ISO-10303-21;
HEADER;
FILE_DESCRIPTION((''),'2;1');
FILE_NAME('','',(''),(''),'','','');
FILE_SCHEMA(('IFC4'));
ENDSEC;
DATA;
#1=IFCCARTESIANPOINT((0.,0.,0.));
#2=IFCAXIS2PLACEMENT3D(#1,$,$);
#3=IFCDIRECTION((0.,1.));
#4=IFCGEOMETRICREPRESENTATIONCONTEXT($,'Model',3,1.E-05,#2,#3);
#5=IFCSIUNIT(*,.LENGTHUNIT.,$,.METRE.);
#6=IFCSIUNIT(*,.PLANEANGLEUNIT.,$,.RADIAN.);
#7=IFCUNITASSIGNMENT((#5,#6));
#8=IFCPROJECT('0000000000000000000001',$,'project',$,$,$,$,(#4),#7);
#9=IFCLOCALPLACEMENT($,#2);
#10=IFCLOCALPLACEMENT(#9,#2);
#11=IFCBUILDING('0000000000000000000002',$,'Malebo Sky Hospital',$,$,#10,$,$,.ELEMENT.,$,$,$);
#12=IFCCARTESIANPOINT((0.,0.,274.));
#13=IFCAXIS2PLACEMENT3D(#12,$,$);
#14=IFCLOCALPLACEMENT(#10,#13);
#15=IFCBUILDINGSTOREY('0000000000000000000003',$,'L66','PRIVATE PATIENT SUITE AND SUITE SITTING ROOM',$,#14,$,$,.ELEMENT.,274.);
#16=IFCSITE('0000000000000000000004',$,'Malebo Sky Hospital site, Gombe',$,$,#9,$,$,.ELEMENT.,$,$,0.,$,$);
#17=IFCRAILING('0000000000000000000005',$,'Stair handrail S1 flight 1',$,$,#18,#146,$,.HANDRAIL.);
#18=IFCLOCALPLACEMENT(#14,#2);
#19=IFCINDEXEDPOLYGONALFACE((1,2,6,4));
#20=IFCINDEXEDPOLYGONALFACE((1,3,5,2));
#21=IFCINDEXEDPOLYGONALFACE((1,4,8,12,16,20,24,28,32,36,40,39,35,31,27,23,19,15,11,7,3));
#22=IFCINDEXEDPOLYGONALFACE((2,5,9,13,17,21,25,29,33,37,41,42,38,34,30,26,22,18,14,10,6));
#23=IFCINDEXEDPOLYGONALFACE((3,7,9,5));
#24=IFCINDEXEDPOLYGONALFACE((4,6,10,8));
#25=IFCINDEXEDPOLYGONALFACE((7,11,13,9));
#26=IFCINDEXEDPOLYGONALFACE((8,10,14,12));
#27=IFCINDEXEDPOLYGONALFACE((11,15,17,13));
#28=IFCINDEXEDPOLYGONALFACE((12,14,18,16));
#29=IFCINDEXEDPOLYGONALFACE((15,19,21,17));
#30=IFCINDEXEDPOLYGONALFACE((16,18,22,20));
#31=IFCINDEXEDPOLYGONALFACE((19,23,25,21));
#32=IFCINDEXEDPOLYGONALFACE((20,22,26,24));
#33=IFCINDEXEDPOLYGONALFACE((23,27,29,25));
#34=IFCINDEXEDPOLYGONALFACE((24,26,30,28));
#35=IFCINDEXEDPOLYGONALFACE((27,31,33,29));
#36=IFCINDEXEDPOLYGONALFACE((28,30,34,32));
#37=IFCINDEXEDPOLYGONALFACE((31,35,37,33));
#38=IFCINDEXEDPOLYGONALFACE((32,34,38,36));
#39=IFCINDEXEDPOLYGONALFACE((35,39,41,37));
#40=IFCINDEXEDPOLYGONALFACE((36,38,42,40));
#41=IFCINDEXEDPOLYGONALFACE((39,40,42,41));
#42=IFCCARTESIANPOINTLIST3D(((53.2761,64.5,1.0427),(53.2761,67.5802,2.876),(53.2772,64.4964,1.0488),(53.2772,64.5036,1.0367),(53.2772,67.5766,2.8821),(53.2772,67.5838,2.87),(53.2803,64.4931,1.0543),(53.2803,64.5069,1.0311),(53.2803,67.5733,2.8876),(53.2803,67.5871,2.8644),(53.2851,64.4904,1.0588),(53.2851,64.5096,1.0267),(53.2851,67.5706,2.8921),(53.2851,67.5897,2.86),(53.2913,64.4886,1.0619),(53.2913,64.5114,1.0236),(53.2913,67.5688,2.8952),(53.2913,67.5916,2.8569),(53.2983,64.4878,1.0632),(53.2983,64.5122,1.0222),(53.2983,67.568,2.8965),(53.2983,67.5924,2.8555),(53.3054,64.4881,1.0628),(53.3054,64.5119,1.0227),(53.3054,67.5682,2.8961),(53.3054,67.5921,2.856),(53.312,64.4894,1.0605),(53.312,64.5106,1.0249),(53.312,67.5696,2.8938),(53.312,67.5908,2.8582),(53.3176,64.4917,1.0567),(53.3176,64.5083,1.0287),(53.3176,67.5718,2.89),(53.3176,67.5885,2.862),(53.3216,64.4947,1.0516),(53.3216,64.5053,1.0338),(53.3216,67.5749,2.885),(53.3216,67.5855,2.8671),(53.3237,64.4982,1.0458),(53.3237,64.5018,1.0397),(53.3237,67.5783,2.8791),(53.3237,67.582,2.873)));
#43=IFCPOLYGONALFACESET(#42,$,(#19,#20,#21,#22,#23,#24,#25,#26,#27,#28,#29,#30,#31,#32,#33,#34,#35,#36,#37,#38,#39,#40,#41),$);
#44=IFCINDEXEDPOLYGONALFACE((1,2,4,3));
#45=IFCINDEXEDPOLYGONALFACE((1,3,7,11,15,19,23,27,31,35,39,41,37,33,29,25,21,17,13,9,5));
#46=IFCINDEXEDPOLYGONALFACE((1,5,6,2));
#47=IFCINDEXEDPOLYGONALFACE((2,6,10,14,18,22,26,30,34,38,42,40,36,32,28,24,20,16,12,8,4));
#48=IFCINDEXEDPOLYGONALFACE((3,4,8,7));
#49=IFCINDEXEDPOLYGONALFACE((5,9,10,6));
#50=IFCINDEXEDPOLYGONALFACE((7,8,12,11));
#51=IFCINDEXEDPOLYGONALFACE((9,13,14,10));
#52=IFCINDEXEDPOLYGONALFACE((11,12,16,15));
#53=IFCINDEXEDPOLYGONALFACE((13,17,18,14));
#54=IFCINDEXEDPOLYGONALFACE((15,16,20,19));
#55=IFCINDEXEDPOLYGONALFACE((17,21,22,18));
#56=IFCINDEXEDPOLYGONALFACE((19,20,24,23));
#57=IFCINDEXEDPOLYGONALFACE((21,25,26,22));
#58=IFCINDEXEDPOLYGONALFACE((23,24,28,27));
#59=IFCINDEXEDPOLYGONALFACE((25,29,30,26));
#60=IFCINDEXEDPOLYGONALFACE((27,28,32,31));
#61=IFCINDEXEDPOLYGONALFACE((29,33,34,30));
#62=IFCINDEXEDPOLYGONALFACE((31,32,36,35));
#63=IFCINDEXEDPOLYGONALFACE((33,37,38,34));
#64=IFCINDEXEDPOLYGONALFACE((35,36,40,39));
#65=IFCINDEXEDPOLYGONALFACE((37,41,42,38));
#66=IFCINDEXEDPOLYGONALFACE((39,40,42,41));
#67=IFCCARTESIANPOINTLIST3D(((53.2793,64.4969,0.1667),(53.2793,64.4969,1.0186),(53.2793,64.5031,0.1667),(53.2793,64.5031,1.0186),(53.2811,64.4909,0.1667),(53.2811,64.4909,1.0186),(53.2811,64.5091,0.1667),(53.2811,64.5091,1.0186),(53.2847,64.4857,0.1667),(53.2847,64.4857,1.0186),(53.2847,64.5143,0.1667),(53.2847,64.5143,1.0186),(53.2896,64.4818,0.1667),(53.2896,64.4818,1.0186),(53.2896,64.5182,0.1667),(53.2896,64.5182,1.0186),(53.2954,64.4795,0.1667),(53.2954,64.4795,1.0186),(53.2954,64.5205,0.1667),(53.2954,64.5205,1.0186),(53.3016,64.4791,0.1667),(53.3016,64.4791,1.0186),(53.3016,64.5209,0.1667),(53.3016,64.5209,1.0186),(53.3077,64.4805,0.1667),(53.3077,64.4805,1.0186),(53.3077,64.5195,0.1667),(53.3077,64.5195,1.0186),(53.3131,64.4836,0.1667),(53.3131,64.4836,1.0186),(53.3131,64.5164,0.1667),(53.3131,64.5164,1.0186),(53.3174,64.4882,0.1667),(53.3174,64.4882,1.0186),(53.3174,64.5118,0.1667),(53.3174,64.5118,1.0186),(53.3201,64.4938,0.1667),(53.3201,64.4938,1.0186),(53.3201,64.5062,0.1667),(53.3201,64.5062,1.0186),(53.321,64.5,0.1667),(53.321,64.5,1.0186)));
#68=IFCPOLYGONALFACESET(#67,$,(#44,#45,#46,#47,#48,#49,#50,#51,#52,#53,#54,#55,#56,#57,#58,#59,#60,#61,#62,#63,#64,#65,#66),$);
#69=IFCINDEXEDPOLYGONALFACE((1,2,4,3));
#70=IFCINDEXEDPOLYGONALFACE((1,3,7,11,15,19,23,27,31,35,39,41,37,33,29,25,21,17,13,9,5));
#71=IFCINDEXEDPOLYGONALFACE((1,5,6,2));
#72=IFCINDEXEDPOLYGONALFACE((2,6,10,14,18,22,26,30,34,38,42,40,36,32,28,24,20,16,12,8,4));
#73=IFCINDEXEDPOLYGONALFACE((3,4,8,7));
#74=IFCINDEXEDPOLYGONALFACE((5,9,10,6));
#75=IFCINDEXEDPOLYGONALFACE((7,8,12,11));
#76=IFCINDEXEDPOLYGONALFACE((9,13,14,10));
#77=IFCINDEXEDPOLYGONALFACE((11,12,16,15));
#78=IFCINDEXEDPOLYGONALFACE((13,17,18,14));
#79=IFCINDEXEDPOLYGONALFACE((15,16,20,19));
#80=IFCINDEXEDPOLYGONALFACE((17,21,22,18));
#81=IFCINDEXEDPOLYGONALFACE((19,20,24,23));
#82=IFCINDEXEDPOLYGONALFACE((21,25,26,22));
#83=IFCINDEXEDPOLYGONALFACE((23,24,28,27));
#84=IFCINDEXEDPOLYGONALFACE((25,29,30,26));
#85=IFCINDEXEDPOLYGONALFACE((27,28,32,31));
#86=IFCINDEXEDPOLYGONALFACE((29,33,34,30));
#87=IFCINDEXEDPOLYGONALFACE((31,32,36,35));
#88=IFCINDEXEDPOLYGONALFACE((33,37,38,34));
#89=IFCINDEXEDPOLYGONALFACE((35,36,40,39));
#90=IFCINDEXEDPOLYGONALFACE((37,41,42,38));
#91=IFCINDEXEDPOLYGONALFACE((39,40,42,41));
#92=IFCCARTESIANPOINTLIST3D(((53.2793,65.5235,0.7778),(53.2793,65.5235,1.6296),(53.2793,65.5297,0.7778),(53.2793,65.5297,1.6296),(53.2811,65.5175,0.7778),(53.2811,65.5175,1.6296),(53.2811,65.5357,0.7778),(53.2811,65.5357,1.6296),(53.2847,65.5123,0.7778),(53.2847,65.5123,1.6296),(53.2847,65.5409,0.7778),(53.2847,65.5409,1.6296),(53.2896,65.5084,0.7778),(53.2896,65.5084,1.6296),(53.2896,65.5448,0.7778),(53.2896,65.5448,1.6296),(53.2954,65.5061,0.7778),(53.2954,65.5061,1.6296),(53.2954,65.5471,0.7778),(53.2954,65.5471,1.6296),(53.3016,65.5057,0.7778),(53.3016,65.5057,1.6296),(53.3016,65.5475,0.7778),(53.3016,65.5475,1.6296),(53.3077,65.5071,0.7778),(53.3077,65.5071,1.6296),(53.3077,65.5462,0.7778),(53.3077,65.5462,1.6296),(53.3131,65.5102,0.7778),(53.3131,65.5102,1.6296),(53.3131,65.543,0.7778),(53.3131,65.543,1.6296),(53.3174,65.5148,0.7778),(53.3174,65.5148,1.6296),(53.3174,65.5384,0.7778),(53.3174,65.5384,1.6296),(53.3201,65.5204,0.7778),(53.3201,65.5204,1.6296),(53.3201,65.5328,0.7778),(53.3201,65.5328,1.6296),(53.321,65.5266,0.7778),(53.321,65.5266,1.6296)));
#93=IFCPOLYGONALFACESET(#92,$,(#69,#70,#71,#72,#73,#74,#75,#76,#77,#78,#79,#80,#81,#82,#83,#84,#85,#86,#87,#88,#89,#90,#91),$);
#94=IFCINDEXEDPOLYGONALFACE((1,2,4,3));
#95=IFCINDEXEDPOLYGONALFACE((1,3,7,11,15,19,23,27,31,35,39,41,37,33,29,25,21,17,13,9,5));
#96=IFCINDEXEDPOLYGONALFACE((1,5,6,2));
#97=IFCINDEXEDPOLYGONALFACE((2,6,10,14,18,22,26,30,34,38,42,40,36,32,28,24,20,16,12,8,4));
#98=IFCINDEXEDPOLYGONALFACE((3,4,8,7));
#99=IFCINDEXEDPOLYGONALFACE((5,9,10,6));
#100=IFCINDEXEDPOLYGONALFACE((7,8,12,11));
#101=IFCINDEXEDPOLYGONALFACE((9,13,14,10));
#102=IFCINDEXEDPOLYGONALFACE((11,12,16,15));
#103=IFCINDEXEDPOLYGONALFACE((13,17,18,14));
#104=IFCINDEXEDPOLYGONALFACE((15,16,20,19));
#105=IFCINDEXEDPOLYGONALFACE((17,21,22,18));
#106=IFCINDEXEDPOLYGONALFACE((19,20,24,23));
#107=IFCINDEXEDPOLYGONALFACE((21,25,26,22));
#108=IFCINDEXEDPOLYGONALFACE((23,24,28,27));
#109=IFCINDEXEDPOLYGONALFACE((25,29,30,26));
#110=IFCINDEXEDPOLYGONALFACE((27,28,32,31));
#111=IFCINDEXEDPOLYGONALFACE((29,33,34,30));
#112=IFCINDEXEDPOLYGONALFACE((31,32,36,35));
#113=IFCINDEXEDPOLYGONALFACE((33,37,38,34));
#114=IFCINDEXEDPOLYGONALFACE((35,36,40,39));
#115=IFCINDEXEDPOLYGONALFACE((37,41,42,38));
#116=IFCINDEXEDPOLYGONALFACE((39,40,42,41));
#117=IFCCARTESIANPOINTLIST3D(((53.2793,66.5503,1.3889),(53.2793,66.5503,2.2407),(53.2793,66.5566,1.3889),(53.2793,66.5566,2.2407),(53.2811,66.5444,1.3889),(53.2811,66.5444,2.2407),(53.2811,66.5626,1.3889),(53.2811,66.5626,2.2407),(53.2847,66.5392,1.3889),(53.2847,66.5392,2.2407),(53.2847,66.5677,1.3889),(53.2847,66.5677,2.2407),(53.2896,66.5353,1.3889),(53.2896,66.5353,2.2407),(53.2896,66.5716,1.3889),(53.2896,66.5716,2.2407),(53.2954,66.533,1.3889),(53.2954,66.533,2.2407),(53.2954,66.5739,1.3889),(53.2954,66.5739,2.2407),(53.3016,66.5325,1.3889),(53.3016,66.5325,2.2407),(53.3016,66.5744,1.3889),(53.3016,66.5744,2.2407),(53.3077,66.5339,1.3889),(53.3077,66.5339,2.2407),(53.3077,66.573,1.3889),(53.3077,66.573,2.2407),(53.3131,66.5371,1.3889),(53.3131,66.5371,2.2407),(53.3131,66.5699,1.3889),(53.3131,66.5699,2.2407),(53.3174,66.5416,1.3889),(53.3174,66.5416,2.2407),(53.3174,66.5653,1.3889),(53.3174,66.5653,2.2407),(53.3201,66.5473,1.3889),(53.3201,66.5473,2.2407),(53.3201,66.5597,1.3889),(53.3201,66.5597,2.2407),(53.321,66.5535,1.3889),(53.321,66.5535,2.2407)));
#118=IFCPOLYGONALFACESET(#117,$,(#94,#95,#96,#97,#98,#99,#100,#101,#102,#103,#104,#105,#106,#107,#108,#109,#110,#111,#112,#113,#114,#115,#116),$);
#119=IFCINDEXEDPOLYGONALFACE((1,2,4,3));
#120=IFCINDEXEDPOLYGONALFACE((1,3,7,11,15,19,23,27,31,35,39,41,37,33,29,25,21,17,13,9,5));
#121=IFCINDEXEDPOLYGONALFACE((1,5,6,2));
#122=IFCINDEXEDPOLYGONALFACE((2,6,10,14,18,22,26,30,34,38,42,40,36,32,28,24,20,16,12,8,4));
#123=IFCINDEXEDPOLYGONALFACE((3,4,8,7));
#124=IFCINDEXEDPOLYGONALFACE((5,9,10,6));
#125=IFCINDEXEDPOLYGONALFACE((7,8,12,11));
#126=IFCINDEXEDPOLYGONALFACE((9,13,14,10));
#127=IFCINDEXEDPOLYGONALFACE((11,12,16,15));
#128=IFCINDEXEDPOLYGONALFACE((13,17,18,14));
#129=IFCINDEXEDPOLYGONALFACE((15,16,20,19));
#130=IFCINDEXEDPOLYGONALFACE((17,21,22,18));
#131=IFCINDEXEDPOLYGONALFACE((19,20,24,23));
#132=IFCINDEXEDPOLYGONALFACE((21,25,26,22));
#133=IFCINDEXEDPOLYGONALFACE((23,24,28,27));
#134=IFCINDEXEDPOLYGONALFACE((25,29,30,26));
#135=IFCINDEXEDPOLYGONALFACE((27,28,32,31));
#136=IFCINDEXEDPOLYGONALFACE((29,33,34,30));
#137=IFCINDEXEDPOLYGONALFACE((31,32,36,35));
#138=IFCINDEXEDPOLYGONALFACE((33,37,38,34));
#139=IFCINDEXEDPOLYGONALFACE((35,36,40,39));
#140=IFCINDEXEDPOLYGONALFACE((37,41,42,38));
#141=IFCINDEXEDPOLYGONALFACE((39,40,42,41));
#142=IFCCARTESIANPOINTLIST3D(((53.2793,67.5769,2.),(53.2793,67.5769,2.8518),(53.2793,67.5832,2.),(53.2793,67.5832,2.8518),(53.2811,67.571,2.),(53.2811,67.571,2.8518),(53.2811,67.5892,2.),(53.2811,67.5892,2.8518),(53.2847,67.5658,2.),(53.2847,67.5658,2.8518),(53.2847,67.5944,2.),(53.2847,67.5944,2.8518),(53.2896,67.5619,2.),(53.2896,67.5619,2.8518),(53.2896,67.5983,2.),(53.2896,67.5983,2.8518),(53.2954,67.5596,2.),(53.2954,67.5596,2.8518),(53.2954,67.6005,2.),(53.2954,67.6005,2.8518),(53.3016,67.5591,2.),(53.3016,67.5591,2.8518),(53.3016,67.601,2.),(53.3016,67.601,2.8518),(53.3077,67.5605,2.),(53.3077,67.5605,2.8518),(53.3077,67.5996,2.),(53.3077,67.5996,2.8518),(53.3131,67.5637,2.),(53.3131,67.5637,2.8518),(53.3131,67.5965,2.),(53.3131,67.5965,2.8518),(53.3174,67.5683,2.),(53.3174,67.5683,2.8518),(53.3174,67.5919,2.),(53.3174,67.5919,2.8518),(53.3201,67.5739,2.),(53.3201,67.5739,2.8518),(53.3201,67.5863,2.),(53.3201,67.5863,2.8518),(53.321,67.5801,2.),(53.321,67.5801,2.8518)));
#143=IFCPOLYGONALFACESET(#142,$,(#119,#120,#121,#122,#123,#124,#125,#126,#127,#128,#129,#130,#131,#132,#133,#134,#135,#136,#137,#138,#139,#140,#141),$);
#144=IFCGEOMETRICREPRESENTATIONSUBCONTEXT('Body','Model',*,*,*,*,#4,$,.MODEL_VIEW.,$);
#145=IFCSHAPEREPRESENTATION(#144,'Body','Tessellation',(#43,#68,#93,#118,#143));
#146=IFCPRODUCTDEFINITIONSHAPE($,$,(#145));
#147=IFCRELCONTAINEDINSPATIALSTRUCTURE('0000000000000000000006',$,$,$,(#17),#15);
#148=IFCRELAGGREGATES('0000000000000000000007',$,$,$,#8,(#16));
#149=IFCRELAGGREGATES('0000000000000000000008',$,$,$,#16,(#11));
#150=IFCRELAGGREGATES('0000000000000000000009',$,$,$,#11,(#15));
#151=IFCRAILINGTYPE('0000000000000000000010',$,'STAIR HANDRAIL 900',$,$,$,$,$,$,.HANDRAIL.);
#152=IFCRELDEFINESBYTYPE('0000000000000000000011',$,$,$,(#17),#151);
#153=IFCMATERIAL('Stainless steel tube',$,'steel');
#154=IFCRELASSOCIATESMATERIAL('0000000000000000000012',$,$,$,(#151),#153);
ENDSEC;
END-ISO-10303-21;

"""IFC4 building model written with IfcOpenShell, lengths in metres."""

from ifc_helpers import new_model, si_unit, direction, frame, origin, origin_2d, place, context, subcontext, project, spatial, circle, extrude, material, type_object, element, save


model = new_model("IFC4")

# Units and contexts
model_context = context("Model", 3, precision=1e-05, world=origin(), true_north=direction((0.0, 1.0)))
body_context = subcontext(model_context, "Body", "Model", "MODEL_VIEW")
ifc_project = project(units=[si_unit("LENGTHUNIT", "METRE"), si_unit("PLANEANGLEUNIT", "RADIAN")], contexts=[model_context])

# Site, building, storey
site_placement = place(None, origin())
site = spatial("IfcSite", under=ifc_project, at=site_placement, Name="Malebo Sky Hospital site, Gombe", CompositionType="ELEMENT", RefElevation=0.0)
building_placement = place(site_placement, origin())
building = spatial("IfcBuilding", under=site, at=building_placement, Name="Malebo Sky Hospital", CompositionType="ELEMENT")
storey_placement = place(building_placement, frame((0.0, 0.0, 274.0)))
storey = spatial("IfcBuildingStorey", under=building, at=storey_placement, Name="L66", Description="PRIVATE PATIENT SUITE AND SUITE SITTING ROOM", CompositionType="ELEMENT", Elevation=274.0)

# Railing
ifc_material_1 = material(Name="Stainless steel tube", Category="steel")
railing_type = type_object("IfcRailingType", Name="STAIR HANDRAIL 900", PredefinedType="HANDRAIL", material=ifc_material_1)
railing_placement = place(storey_placement, frame((53.3, 64.5, 0.1667)))
element("IfcRailing", 1, at=railing_placement, inside=storey, type_object=railing_type, Name="Stair handrail S1 flight 1", PredefinedType="HANDRAIL", context=body_context, shape_type="SweptSolid", body=[
    extrude(circle(Radius=0.0239, at=origin_2d()), frame((0.0, 0.0, 0.876), z_axis=(0.0, 0.859309, 0.511458), x_axis=(-1.0, 0.0, 0.0)), (0.0, 0.0, 1.0), 3.5845),
    extrude(circle(Radius=0.021, at=origin_2d()), origin(), (0.0, 0.0, 1.0), 0.8518),
    extrude(circle(Radius=0.021, at=origin_2d()), frame((0.0, 1.0266, 0.6111)), (0.0, 0.0, 1.0), 0.8518),
    extrude(circle(Radius=0.021, at=origin_2d()), frame((0.0, 2.0535, 1.2222)), (0.0, 0.0, 1.0), 0.8518),
    extrude(circle(Radius=0.021, at=origin_2d()), frame((0.0, 3.0801, 1.8333)), (0.0, 0.0, 1.0), 0.8518),
])

save(model, "model.ifc")
